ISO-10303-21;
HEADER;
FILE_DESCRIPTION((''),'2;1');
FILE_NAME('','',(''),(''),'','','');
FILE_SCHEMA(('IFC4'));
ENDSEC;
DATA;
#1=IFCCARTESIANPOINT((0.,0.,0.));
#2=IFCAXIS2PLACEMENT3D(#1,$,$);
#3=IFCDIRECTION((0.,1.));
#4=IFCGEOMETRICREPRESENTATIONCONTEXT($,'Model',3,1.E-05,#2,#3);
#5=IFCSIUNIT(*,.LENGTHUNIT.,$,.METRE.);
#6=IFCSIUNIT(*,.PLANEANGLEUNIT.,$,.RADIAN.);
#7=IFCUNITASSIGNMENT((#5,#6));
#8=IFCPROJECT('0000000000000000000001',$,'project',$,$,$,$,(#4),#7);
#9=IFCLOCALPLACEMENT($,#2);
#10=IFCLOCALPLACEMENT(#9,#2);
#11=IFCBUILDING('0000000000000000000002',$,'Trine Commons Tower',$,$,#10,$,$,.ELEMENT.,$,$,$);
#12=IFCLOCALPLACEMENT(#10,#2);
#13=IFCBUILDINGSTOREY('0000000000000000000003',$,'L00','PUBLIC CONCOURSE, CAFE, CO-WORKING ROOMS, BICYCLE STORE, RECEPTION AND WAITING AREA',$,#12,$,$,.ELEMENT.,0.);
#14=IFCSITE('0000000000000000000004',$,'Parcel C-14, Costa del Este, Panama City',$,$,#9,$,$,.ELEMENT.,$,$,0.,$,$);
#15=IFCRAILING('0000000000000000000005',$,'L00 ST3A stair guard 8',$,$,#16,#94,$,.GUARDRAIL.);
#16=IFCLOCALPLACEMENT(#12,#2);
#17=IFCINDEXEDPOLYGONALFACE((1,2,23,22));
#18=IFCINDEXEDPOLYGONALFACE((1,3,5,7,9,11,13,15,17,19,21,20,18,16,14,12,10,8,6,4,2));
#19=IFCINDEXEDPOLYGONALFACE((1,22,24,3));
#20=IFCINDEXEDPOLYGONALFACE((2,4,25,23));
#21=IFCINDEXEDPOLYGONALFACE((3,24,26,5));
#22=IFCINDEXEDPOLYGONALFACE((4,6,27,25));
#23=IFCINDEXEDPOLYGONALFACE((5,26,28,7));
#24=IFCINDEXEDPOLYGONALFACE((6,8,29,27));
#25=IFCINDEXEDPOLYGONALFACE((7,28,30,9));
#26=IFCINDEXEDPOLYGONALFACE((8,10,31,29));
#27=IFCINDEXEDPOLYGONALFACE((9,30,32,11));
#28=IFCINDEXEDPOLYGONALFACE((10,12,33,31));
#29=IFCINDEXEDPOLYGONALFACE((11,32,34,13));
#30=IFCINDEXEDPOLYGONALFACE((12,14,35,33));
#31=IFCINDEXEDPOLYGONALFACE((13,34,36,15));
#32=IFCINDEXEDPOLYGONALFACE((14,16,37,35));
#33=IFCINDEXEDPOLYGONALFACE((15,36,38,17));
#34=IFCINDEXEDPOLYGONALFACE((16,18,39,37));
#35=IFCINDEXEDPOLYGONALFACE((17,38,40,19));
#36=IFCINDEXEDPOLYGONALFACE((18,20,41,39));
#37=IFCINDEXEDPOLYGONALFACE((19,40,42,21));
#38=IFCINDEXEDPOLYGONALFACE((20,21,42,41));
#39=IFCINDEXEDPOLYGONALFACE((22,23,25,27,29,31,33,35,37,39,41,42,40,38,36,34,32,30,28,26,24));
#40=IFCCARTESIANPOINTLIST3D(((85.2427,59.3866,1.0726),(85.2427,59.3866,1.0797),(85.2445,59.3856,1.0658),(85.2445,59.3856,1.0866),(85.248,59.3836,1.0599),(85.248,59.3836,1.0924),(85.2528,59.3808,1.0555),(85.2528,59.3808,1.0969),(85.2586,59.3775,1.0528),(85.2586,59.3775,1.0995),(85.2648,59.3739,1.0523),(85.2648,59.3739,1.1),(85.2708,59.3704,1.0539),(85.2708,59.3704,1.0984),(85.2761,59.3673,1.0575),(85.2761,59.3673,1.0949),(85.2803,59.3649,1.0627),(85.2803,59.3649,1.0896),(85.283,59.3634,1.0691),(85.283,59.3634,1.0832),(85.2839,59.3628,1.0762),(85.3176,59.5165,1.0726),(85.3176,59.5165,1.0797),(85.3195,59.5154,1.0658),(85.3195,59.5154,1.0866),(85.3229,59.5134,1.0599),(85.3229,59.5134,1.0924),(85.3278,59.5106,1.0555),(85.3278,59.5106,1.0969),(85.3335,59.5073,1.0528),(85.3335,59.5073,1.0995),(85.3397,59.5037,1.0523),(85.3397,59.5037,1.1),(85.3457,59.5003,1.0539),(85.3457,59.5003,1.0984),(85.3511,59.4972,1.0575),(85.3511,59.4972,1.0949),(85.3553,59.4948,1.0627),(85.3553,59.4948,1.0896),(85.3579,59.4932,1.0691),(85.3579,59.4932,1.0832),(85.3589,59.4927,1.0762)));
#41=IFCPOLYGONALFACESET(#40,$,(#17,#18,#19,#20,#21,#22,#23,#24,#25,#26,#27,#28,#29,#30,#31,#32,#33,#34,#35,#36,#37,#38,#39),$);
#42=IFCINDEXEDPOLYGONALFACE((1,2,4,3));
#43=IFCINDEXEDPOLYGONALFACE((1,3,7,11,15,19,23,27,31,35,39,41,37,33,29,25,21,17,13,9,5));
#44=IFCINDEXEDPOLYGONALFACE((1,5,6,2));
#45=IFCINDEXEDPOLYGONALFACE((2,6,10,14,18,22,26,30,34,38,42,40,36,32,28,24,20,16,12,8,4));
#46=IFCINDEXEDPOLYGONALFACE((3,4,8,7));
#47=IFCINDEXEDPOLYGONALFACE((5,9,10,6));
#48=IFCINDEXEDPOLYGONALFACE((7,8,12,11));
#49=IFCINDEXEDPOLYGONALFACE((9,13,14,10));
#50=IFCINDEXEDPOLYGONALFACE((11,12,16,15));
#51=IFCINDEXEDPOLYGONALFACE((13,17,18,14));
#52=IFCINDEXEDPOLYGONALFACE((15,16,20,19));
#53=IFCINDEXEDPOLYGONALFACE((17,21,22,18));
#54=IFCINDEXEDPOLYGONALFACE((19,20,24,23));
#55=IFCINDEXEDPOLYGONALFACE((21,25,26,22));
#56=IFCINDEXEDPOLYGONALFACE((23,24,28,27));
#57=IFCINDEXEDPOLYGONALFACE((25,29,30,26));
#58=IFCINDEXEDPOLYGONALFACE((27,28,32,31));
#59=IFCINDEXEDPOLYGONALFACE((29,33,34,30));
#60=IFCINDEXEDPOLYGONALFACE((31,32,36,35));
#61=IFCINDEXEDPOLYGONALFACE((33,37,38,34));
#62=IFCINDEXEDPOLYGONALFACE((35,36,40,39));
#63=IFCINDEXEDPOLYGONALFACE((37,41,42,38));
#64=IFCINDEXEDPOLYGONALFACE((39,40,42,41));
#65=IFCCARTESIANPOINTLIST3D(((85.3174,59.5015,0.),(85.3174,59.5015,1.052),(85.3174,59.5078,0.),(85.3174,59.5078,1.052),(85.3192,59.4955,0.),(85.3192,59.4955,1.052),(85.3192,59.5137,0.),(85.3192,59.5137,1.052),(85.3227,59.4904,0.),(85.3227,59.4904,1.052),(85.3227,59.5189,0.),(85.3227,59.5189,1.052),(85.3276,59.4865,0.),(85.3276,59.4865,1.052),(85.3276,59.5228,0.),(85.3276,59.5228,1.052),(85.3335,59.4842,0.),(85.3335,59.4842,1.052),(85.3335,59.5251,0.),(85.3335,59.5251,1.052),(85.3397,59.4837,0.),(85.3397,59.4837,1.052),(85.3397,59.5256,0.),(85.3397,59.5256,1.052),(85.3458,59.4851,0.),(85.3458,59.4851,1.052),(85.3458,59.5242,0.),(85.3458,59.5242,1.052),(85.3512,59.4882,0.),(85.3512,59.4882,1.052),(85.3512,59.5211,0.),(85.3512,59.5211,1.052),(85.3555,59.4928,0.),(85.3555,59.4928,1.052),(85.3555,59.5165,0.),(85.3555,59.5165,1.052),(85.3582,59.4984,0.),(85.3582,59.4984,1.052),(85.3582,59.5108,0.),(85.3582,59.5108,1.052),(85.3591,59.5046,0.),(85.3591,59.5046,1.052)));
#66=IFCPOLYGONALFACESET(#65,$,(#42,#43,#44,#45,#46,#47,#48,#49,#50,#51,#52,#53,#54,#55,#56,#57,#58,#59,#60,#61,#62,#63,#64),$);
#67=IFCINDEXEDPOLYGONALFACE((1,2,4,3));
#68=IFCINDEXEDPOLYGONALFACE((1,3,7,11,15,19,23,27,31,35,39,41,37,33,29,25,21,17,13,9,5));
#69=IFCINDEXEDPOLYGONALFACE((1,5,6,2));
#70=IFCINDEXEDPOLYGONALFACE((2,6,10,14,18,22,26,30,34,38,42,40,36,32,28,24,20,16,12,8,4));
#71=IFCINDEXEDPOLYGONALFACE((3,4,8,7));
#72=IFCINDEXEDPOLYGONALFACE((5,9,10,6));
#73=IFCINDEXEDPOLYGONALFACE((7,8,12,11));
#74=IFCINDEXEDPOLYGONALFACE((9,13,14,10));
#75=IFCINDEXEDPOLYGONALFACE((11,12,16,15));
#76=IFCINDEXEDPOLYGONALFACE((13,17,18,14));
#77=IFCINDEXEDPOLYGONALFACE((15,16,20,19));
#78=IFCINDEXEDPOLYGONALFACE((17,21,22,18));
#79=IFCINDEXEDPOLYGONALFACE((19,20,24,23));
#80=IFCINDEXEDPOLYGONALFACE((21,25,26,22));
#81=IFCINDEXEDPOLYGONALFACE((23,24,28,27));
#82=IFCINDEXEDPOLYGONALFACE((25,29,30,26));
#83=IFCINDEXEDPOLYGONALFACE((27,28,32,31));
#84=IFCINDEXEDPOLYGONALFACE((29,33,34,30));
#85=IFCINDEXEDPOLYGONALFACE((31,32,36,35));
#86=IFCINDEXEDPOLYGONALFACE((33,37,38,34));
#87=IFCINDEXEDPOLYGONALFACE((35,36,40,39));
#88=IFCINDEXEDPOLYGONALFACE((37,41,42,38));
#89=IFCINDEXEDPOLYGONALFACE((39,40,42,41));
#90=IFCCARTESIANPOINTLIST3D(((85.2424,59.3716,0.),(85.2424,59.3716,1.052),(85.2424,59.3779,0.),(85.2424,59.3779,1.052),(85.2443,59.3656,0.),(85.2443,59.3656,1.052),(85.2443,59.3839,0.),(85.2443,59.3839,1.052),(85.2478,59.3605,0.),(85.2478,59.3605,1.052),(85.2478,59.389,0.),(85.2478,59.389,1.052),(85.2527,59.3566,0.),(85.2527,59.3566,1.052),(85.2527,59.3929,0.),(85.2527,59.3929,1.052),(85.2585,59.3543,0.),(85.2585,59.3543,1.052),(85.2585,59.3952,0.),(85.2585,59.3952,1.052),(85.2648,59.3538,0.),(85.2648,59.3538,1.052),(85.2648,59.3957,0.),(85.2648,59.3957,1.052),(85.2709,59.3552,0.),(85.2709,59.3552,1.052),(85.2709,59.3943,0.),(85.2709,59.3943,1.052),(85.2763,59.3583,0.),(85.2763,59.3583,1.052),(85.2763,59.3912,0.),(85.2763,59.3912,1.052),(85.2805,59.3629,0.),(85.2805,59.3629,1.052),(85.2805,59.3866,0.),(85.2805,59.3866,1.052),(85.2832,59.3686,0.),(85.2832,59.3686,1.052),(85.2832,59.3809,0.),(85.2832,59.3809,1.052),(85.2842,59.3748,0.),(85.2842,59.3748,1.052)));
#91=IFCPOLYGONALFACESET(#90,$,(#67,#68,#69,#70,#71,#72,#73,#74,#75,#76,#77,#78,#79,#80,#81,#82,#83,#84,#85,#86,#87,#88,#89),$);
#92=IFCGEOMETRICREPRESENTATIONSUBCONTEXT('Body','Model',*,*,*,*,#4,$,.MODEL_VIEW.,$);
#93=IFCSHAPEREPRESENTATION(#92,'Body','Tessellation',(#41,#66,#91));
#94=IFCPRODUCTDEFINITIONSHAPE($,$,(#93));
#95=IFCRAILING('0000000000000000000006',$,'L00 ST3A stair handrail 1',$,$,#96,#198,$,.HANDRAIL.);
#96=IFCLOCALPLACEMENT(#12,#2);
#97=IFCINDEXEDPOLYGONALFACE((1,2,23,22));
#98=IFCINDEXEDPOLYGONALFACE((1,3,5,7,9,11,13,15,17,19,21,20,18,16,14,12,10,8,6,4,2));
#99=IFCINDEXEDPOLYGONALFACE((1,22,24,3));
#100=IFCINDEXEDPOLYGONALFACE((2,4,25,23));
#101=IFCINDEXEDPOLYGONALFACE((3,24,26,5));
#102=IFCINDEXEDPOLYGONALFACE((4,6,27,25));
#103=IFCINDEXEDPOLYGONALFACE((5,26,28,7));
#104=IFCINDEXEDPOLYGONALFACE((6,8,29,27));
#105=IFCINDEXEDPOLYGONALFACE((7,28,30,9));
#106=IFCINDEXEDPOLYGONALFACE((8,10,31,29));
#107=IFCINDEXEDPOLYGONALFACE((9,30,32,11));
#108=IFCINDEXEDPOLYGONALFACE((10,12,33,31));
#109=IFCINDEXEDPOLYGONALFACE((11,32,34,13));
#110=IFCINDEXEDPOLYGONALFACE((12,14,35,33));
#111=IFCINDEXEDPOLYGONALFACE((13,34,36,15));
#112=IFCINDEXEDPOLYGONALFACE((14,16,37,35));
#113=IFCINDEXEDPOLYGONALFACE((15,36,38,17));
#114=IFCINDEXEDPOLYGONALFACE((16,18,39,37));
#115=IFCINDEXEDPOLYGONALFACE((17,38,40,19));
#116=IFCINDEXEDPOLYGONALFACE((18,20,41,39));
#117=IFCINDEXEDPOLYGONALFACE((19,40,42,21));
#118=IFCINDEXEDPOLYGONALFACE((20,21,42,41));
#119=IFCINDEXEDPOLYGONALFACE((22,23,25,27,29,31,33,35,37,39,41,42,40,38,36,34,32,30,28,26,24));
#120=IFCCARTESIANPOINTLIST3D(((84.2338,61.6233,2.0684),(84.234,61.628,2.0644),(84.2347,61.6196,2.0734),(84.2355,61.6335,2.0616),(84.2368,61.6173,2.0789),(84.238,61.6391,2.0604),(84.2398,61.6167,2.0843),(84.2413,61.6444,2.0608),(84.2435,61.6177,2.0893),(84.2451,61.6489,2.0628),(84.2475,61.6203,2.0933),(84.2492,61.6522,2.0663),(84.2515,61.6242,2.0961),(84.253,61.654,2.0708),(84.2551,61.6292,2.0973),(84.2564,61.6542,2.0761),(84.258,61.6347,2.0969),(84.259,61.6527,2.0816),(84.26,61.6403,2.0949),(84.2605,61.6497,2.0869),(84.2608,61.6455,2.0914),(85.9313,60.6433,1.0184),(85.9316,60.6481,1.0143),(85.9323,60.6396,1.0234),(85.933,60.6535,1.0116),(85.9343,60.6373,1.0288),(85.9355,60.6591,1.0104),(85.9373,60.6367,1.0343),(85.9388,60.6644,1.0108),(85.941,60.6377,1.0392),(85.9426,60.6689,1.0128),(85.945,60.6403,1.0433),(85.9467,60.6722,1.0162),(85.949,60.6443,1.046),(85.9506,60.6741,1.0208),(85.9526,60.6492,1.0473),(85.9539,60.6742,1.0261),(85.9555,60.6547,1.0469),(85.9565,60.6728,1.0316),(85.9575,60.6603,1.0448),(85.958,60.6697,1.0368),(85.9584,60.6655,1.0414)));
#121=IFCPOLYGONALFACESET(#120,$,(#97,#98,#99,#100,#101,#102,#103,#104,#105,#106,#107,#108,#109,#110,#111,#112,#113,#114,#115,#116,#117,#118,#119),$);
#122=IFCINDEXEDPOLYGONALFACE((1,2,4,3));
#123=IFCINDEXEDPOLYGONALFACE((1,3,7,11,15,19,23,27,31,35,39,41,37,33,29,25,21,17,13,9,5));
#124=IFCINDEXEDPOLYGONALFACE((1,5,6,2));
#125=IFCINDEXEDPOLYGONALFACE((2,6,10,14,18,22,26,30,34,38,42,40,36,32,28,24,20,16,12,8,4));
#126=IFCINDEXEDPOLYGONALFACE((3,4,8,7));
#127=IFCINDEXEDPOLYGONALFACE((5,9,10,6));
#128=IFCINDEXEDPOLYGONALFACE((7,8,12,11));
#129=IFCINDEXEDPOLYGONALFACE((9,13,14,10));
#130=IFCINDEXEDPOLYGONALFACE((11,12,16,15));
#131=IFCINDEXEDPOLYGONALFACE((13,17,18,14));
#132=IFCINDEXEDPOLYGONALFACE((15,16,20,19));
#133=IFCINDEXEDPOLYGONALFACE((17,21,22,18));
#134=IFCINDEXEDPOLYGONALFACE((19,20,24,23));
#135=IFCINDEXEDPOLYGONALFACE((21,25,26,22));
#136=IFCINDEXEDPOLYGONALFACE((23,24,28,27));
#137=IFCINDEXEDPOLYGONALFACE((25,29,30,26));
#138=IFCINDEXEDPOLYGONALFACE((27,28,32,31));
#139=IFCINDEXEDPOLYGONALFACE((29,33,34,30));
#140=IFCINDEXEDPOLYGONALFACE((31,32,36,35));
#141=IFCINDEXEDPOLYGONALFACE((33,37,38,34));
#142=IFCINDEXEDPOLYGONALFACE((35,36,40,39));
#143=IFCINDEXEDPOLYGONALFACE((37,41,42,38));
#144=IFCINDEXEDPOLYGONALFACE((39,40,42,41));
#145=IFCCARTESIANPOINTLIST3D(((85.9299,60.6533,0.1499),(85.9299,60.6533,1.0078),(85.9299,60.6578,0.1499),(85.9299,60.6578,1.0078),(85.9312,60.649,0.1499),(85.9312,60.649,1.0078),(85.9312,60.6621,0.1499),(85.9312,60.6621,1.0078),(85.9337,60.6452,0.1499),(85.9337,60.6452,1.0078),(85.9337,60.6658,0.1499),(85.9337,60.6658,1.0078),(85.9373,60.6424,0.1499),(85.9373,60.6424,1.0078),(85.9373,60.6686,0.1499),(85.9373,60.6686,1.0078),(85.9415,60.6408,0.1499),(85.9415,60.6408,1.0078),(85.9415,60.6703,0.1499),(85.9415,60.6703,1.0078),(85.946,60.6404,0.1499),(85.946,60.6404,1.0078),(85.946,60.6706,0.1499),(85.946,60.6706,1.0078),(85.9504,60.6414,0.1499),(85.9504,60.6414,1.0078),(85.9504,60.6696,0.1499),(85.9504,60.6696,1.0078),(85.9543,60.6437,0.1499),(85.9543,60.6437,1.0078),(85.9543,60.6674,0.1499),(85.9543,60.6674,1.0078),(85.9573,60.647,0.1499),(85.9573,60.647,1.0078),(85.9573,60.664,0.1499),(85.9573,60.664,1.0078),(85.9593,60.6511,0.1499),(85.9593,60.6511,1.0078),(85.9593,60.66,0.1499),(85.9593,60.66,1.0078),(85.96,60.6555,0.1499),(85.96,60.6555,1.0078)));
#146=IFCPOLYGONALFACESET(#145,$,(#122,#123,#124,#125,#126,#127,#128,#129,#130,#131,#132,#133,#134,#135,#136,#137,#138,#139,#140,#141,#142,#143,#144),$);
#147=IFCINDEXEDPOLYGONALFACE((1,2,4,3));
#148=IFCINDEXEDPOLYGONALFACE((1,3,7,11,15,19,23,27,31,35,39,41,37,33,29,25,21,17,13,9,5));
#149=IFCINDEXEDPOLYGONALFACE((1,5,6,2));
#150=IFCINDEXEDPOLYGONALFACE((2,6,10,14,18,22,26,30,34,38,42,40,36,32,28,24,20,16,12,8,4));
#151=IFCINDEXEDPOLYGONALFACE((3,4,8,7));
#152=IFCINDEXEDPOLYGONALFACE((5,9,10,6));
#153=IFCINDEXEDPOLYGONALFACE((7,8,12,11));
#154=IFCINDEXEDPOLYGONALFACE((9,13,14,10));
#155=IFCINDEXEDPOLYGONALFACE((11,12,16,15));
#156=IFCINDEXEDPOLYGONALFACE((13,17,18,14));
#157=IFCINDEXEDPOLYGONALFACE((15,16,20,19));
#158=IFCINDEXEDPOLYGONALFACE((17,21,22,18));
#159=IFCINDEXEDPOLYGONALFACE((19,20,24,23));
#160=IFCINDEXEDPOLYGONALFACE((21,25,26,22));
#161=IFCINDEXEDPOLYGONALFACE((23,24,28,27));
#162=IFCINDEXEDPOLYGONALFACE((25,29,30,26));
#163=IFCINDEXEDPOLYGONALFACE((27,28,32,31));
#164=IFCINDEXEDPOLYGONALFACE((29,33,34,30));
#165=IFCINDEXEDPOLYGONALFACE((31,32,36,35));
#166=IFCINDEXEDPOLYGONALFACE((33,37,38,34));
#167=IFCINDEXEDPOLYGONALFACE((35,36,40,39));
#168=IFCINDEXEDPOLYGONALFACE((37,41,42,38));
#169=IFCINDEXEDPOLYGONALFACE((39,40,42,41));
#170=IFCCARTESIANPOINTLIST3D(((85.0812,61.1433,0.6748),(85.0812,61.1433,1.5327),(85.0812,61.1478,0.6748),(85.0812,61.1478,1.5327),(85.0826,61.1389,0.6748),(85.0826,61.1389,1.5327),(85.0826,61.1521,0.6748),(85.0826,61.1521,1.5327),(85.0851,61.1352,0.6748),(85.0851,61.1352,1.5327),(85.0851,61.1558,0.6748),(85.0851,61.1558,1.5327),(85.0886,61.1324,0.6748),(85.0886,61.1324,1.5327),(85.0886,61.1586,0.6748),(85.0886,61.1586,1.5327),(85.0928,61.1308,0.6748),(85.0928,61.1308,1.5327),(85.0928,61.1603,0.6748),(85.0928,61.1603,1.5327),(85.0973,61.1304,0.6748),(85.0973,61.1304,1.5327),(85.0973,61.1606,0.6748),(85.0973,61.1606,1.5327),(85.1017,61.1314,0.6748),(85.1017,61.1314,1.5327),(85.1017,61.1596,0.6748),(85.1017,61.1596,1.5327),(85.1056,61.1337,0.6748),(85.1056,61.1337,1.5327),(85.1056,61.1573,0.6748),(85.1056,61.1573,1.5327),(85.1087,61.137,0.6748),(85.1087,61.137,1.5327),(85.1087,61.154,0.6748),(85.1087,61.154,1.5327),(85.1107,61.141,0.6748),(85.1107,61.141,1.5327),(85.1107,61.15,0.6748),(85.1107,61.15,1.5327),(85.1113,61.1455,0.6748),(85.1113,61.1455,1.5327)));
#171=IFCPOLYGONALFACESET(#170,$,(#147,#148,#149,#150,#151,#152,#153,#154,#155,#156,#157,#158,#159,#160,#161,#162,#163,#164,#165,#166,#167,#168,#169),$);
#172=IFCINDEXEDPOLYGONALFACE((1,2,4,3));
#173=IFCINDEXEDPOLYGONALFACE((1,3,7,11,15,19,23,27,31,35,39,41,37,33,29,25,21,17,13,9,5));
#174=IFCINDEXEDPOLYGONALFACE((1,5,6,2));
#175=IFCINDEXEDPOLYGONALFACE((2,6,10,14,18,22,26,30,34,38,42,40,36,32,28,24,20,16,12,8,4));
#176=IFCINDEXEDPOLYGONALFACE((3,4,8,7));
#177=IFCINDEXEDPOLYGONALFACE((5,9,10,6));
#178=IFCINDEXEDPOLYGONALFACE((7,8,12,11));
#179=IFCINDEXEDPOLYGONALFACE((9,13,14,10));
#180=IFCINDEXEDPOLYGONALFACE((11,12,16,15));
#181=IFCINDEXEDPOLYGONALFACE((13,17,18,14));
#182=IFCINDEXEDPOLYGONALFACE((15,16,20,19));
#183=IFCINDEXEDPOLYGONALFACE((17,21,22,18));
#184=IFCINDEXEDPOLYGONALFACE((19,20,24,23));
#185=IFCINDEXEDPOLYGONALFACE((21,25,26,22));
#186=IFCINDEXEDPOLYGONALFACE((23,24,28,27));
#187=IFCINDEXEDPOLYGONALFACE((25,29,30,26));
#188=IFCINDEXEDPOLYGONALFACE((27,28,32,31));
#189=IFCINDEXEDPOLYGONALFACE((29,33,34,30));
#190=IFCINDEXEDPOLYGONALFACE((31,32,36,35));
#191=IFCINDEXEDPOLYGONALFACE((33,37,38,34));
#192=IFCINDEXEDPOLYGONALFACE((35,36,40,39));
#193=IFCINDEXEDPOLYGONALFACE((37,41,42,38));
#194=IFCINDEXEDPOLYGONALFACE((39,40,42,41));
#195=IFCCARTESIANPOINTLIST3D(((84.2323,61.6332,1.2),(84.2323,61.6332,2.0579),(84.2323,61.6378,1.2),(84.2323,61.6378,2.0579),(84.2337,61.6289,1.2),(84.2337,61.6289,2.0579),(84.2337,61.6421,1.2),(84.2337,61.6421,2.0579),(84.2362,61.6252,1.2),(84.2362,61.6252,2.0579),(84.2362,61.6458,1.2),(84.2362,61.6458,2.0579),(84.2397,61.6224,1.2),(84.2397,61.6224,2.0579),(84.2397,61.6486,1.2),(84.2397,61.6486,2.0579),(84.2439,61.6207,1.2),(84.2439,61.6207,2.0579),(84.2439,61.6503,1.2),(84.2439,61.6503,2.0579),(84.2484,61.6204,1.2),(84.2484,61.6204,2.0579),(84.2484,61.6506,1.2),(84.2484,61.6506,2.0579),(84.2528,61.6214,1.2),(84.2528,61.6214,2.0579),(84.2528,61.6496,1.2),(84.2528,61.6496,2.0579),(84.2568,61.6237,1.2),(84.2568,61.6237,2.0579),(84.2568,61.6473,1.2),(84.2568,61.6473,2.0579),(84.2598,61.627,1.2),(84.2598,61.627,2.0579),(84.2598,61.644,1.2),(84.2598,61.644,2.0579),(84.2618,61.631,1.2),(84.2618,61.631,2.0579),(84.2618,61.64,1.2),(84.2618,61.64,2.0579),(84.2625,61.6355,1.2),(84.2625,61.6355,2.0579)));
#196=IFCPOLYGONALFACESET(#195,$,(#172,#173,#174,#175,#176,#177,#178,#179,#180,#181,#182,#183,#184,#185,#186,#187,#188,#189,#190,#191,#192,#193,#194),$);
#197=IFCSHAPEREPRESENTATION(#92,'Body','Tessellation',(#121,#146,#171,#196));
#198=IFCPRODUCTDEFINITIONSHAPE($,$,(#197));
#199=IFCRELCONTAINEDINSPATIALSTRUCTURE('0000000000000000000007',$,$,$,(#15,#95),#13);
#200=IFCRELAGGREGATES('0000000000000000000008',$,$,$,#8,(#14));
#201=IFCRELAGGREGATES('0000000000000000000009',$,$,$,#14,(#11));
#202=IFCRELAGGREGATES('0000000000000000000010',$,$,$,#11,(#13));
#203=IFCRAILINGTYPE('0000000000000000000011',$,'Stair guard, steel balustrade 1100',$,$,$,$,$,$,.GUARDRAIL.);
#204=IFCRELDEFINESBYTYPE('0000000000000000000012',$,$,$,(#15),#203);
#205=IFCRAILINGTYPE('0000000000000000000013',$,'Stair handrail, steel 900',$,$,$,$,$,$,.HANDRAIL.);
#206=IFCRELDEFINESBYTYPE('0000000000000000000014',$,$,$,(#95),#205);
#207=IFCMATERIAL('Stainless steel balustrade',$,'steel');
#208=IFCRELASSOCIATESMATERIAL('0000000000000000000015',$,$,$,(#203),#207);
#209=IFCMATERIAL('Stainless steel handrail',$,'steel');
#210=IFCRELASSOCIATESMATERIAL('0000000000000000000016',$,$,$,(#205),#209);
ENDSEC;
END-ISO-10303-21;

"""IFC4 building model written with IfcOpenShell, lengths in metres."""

from ifc_helpers import new_model, si_unit, direction, frame, origin, origin_2d, place, context, subcontext, project, spatial, circle, extrude, material, type_object, element, save


model = new_model("IFC4")

# Units and contexts
model_context = context("Model", 3, precision=1e-05, world=origin(), true_north=direction((0.0, 1.0)))
body_context = subcontext(model_context, "Body", "Model", "MODEL_VIEW")
ifc_project = project(units=[si_unit("LENGTHUNIT", "METRE"), si_unit("PLANEANGLEUNIT", "RADIAN")], contexts=[model_context])

# Site, building, storey
site_placement = place(None, origin())
site = spatial("IfcSite", under=ifc_project, at=site_placement, Name="Parcel C-14, Costa del Este, Panama City", CompositionType="ELEMENT", RefElevation=0.0)
building_placement = place(site_placement, origin())
building = spatial("IfcBuilding", under=site, at=building_placement, Name="Trine Commons Tower", CompositionType="ELEMENT")
storey_placement = place(building_placement, origin())
storey = spatial("IfcBuildingStorey", under=building, at=storey_placement, Name="L00", Description="PUBLIC CONCOURSE, CAFE, CO-WORKING ROOMS, BICYCLE STORE, RECEPTION AND WAITING AREA", CompositionType="ELEMENT", Elevation=0.0)

# Railings
ifc_material_1 = material(Name="Stainless steel balustrade", Category="steel")
railing_type_1 = type_object("IfcRailingType", Name="Stair guard, steel balustrade 1100", PredefinedType="GUARDRAIL", material=ifc_material_1)
for number, where, name in (
    (1, (85.3381, 59.5046, 0.0), "L00 ST3A stair guard 8"),
):
    element("IfcRailing", number, at=place(storey_placement, frame(where)), inside=storey, type_object=railing_type_1, Name=name, PredefinedType="GUARDRAIL", context=body_context, shape_type="SweptSolid", body=[
        extrude(circle(Radius=0.0239, at=origin_2d()), frame((0.0, 0.0, 1.0762), z_axis=(-0.499816, -0.866131, 0.0), x_axis=(0.866131, -0.499816, 0.0)), (0.0, 0.0, 1.0), 0.1499),
        extrude(circle(Radius=0.021, at=origin_2d()), origin(), (0.0, 0.0, 1.0), 1.052),
        extrude(circle(Radius=0.021, at=origin_2d()), frame((-0.075, -0.1299, 0.0)), (0.0, 0.0, 1.0), 1.052),
    ])
ifc_material_2 = material(Name="Stainless steel handrail", Category="steel")
railing_type_2 = type_object("IfcRailingType", Name="Stair handrail, steel 900", PredefinedType="HANDRAIL", material=ifc_material_2)
for number, where, name in (
    (2, (85.9448, 60.6555, 0.1499), "L00 ST3A stair handrail 1"),
):
    element("IfcRailing", number, at=place(storey_placement, frame(where)), inside=storey, type_object=railing_type_2, Name=name, PredefinedType="HANDRAIL", context=body_context, shape_type="SweptSolid", body=[
        extrude(circle(Radius=0.021, at=origin_2d()), frame((0.0, 0.0, 0.8789), z_axis=(-0.763398, 0.440713, 0.472224), x_axis=(-0.49997, -0.866042, 0.0)), (0.0, 0.0, 1.0), 2.2236),
        extrude(circle(Radius=0.0151, at=origin_2d()), origin(), (0.0, 0.0, 1.0), 0.8579),
        extrude(circle(Radius=0.0151, at=origin_2d()), frame((-0.8486, 0.49, 0.5249)), (0.0, 0.0, 1.0), 0.8579),
        extrude(circle(Radius=0.0151, at=origin_2d()), frame((-1.6975, 0.98, 1.05)), (0.0, 0.0, 1.0), 0.8579),
    ])

save(model, "model.ifc")
